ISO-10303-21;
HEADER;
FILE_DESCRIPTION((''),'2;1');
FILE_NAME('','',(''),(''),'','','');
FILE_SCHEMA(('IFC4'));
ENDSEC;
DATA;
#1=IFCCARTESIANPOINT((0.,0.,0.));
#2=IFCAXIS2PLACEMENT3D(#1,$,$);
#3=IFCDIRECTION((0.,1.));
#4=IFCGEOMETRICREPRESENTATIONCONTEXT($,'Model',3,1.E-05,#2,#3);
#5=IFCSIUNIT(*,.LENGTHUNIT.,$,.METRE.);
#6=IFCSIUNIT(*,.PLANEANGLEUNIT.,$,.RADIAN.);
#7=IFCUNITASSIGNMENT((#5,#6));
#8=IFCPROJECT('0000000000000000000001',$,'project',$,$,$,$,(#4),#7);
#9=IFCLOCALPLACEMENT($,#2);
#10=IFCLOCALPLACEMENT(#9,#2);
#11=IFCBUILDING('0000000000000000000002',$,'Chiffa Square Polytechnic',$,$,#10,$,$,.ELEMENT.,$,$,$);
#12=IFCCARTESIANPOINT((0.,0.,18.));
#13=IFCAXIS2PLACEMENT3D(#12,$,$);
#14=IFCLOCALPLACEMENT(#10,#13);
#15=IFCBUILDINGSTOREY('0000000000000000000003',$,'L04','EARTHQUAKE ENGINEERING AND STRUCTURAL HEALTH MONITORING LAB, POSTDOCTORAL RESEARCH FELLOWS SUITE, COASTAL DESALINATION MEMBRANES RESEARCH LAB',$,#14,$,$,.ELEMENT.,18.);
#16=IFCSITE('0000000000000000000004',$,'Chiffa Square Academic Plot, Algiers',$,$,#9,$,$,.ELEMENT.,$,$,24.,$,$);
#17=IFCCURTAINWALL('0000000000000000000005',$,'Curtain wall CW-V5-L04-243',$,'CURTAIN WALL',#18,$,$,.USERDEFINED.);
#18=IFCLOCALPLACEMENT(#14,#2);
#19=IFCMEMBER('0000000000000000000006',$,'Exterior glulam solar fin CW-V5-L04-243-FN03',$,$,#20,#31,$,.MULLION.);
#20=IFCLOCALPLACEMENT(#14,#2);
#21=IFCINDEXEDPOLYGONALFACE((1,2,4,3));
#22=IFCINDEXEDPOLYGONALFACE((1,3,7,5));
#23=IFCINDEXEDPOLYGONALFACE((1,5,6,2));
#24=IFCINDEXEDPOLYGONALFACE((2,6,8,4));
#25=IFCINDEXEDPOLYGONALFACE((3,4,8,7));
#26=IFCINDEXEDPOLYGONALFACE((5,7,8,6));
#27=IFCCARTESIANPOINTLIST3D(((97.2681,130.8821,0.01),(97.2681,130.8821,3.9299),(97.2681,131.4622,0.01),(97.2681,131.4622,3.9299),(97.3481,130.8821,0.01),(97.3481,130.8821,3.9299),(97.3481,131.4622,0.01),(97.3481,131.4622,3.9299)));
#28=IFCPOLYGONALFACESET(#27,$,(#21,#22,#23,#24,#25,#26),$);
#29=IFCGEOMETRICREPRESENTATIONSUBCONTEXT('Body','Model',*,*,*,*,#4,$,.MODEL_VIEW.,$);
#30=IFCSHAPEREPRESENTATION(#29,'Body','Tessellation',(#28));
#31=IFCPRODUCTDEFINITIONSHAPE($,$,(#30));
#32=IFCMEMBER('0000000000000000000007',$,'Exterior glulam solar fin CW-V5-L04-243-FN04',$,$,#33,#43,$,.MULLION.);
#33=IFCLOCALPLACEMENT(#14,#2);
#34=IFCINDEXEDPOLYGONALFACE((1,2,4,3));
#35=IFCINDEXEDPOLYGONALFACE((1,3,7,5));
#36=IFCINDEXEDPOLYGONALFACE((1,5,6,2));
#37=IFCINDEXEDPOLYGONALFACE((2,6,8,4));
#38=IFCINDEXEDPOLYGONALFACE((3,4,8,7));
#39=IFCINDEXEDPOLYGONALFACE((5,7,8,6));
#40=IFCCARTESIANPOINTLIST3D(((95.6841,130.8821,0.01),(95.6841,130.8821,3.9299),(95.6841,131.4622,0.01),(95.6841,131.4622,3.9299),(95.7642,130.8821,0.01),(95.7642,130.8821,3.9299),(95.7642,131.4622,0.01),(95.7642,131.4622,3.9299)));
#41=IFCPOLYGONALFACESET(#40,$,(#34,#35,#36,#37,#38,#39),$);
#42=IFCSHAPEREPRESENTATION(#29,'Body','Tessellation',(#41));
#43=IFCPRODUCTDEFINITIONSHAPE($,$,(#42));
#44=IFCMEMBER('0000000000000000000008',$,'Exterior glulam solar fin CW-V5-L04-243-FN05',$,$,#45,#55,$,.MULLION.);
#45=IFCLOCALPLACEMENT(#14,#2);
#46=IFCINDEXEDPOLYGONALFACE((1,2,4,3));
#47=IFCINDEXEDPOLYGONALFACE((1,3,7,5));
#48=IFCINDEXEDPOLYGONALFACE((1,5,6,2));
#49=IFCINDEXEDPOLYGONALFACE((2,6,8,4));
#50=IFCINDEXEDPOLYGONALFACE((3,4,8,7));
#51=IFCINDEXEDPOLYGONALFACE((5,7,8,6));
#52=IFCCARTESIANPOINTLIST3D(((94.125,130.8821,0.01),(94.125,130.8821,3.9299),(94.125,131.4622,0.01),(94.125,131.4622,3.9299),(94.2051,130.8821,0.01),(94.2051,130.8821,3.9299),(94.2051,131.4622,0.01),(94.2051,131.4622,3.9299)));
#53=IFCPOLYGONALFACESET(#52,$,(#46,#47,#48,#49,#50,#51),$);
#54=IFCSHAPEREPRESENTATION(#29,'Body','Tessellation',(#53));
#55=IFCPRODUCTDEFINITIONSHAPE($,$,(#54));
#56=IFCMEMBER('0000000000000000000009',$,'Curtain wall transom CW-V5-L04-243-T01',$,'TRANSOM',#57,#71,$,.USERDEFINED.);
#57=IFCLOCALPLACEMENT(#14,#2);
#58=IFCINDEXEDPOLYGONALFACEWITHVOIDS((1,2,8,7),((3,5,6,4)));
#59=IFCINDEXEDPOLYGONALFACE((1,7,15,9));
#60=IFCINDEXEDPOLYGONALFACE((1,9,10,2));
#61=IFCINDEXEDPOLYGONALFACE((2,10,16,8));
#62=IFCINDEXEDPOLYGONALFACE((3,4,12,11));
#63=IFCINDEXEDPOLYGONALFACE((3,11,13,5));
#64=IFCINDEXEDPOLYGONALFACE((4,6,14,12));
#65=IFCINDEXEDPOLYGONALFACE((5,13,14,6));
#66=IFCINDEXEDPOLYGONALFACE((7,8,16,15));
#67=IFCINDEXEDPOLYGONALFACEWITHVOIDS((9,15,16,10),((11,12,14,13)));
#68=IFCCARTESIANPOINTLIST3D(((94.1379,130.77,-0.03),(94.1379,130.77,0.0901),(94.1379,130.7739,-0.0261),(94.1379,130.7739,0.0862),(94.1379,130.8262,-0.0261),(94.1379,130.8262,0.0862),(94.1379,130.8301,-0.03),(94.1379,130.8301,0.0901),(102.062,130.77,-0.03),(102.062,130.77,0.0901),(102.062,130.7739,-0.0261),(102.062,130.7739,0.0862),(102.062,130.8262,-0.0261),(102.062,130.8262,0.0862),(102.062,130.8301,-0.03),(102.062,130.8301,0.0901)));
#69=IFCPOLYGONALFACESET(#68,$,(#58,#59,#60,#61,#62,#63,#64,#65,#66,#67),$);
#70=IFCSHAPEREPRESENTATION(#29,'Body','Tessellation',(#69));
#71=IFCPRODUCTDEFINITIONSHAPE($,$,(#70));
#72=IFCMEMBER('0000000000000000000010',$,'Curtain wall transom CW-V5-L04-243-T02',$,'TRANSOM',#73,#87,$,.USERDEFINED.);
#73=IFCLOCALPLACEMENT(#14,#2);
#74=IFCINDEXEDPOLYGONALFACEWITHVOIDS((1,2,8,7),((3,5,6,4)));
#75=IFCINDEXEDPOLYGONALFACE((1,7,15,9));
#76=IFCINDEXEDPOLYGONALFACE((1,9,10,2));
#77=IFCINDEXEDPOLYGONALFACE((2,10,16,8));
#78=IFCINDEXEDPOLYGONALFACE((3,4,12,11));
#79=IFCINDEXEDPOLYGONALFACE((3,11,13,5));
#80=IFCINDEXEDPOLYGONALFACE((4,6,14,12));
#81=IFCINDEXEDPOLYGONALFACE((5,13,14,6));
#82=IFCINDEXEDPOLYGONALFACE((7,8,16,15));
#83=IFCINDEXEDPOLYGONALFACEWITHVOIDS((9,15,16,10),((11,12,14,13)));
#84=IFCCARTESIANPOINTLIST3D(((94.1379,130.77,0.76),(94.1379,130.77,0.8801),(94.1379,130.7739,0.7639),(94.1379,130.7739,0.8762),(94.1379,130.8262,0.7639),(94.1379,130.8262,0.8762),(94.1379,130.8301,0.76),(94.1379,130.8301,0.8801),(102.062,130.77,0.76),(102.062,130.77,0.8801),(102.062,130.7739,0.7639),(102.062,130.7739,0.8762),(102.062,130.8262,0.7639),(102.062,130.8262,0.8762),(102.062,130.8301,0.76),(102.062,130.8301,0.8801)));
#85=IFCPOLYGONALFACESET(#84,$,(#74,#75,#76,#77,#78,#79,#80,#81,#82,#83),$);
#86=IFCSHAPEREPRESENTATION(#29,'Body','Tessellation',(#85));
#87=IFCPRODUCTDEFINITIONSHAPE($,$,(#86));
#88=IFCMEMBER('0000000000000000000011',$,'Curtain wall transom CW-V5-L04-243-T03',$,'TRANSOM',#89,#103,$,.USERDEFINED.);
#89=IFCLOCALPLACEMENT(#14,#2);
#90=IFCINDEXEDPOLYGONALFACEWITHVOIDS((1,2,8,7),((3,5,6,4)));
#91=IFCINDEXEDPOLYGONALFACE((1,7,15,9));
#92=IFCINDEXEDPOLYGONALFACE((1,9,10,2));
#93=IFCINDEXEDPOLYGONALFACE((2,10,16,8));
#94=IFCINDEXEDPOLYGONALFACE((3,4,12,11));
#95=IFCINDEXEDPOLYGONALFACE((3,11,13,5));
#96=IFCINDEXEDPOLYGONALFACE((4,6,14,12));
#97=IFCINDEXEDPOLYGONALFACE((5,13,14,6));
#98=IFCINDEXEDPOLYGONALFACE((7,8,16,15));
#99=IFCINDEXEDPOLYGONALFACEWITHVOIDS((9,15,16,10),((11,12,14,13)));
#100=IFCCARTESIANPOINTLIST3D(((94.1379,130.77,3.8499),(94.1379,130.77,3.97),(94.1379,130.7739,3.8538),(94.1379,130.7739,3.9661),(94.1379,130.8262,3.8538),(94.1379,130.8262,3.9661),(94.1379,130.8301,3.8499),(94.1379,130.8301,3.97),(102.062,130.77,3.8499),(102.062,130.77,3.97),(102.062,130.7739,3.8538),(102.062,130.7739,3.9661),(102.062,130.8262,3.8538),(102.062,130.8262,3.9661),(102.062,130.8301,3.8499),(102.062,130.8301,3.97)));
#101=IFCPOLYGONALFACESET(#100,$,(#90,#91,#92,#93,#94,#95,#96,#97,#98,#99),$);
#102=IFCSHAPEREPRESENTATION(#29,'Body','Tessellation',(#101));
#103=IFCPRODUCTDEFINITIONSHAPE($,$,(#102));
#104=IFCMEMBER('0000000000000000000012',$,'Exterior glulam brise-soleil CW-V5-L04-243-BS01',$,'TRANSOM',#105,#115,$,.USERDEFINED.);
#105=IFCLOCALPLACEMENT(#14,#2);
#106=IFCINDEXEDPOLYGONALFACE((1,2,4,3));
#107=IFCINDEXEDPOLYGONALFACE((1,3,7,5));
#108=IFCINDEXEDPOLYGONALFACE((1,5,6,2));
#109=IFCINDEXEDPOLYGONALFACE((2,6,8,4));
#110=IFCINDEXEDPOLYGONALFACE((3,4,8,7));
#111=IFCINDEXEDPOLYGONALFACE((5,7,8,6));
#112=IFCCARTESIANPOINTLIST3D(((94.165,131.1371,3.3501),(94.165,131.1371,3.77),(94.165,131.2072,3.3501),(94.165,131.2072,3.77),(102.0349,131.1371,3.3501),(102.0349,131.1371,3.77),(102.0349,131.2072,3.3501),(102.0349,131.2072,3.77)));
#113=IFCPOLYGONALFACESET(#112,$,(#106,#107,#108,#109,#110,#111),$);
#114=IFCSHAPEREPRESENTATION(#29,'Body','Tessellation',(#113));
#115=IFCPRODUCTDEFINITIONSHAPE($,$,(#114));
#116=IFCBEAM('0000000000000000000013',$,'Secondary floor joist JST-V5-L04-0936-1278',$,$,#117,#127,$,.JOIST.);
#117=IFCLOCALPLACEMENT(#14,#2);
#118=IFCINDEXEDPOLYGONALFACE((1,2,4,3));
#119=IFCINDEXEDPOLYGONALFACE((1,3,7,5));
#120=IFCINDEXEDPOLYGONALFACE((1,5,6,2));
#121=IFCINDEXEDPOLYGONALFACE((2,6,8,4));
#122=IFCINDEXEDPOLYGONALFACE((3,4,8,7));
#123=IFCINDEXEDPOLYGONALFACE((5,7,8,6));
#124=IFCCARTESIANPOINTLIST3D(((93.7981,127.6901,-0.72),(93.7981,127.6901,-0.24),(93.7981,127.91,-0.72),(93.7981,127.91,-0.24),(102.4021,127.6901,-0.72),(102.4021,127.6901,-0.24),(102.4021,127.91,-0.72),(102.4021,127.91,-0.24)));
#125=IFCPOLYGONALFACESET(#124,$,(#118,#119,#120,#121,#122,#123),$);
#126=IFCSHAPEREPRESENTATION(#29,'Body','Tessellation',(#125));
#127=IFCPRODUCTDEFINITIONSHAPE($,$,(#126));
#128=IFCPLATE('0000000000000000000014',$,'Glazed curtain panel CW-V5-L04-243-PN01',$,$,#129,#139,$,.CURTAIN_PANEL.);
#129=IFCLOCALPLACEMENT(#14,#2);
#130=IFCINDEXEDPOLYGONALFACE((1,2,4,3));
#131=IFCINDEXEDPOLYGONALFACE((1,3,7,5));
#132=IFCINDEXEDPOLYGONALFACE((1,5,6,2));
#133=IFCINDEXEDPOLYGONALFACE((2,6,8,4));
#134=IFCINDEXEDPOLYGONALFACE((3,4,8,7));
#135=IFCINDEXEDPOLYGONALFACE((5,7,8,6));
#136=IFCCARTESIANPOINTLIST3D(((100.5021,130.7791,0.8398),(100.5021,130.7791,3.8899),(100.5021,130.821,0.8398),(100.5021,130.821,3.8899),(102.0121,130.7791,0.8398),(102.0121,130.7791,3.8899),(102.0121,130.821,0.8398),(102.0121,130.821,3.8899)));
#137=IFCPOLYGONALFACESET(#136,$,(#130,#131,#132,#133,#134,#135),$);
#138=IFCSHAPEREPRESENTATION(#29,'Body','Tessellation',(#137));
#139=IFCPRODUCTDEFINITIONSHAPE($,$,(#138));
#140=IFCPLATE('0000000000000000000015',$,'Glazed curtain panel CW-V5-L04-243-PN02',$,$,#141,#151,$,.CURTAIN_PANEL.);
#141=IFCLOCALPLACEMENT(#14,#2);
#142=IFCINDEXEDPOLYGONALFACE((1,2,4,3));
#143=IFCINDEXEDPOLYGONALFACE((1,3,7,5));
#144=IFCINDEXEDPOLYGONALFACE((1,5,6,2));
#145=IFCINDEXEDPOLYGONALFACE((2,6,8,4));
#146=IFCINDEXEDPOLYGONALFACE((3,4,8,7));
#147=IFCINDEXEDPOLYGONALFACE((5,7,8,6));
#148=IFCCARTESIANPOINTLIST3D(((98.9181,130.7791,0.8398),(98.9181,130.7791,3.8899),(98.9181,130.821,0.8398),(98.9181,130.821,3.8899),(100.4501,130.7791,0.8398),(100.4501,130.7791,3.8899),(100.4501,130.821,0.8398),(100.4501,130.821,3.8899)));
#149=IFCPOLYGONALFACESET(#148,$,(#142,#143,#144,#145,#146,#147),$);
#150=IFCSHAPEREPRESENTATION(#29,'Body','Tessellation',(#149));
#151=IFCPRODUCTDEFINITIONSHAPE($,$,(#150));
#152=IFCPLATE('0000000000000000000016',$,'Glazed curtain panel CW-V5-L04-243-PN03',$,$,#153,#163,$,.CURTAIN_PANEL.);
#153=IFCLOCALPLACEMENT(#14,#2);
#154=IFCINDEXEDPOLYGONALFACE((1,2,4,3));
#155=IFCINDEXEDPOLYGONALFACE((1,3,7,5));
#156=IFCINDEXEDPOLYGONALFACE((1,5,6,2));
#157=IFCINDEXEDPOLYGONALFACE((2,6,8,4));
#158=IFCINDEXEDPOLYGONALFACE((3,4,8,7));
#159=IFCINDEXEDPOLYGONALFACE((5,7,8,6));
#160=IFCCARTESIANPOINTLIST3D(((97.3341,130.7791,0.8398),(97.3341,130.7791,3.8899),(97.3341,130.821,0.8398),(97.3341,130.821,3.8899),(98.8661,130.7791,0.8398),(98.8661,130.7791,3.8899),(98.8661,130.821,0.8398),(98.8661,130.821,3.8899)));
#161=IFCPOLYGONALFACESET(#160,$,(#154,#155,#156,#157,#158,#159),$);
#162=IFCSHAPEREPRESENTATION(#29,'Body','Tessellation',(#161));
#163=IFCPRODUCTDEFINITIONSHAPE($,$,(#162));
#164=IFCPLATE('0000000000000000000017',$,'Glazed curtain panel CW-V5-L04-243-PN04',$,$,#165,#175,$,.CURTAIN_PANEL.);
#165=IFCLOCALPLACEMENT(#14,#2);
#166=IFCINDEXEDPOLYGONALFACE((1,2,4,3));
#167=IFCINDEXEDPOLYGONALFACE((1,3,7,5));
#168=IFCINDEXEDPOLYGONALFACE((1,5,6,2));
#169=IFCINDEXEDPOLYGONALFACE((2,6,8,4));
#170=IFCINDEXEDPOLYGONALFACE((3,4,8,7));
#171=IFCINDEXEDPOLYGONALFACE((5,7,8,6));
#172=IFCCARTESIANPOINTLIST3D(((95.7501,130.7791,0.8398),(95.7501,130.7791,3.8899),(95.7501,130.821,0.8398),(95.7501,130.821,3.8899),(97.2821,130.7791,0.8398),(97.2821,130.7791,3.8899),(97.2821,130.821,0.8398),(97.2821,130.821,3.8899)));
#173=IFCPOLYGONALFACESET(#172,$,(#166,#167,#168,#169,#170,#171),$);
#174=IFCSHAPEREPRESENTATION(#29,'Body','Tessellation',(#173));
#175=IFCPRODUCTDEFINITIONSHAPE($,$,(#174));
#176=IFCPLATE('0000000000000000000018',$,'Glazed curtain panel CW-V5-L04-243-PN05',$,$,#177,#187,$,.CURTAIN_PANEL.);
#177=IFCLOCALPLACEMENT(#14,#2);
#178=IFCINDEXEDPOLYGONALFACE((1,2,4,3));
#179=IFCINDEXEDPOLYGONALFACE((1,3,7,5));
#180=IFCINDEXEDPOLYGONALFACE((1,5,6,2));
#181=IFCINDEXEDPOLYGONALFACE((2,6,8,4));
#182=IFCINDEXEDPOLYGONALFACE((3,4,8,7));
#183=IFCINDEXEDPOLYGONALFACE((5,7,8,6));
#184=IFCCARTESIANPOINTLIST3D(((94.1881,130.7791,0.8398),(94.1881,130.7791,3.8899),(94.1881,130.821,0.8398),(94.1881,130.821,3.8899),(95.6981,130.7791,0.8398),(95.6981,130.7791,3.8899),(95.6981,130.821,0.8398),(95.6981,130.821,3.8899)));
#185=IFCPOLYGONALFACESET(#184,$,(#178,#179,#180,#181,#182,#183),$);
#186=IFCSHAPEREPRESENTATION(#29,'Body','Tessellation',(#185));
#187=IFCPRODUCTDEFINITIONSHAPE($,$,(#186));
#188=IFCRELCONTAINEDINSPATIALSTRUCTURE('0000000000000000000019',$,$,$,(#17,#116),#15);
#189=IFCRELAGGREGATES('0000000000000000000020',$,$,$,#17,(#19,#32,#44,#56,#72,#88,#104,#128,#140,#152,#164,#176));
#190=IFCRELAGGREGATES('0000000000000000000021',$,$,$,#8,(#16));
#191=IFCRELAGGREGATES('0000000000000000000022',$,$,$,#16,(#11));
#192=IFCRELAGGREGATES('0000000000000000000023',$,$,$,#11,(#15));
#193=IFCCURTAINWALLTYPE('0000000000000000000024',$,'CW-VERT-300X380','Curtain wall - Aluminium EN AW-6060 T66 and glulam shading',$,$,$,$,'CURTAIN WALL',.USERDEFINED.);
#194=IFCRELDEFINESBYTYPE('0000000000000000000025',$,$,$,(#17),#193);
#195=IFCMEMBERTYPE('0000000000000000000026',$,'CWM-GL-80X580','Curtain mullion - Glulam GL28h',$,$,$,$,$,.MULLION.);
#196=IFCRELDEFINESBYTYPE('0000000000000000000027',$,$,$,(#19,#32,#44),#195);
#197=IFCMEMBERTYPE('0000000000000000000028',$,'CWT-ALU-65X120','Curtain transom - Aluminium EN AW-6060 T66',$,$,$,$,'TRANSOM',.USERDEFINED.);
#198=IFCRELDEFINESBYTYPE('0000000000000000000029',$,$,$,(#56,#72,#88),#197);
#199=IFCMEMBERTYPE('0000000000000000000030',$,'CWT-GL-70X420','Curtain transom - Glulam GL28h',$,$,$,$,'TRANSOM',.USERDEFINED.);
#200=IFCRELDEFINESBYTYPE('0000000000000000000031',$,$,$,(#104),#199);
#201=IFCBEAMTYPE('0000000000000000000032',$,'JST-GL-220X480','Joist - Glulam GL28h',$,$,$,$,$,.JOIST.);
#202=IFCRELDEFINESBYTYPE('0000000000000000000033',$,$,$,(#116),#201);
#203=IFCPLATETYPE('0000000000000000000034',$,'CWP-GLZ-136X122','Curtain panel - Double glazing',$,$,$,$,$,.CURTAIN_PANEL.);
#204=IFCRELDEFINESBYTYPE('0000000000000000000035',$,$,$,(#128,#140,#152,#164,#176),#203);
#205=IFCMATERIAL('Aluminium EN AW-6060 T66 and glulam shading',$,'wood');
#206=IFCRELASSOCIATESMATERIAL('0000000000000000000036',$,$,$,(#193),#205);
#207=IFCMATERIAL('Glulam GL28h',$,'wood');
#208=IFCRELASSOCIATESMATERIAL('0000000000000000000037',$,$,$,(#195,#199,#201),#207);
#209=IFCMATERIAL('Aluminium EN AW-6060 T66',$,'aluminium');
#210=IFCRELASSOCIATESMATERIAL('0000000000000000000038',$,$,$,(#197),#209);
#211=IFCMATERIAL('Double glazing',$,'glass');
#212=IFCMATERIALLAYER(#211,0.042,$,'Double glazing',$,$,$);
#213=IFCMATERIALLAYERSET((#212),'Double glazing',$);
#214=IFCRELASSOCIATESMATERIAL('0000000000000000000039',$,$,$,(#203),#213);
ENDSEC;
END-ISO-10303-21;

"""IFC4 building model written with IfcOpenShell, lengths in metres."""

from ifc_helpers import new_model, si_unit, direction, frame, origin, origin_2d, place, context, subcontext, project, spatial, rectangle, hollow_rectangle, extrude, material, layer, layer_set, material_profile, profile_set, type_object, element, aggregate, save


model = new_model("IFC4")

# Units and contexts
model_context = context("Model", 3, precision=1e-05, world=origin(), true_north=direction((0.0, 1.0)))
body_context = subcontext(model_context, "Body", "Model", "MODEL_VIEW")
ifc_project = project(units=[si_unit("LENGTHUNIT", "METRE"), si_unit("PLANEANGLEUNIT", "RADIAN")], contexts=[model_context])

# Site, building, storey
site_placement = place(None, origin())
site = spatial("IfcSite", under=ifc_project, at=site_placement, Name="Chiffa Square Academic Plot, Algiers", CompositionType="ELEMENT", RefElevation=24.0)
building_placement = place(site_placement, origin())
building = spatial("IfcBuilding", under=site, at=building_placement, Name="Chiffa Square Polytechnic", CompositionType="ELEMENT")
storey_placement = place(building_placement, frame((0.0, 0.0, 18.0)))
storey = spatial("IfcBuildingStorey", under=building, at=storey_placement, Name="L04", Description="EARTHQUAKE ENGINEERING AND STRUCTURAL HEALTH MONITORING LAB, POSTDOCTORAL RESEARCH FELLOWS SUITE, COASTAL DESALINATION MEMBRANES RESEARCH LAB", CompositionType="ELEMENT", Elevation=18.0)

# Curtain wall, members
ifc_material_1 = material(Name="Aluminium EN AW-6060 T66 and glulam shading", Category="wood")
curtain_wall_type = type_object("IfcCurtainWallType", Name="CW-VERT-300X380", Description="Curtain wall - Aluminium EN AW-6060 T66 and glulam shading", ElementType="CURTAIN WALL", PredefinedType="USERDEFINED", material=ifc_material_1)
curtain_wall_placement = place(storey_placement, origin())
curtain_wall = element("IfcCurtainWall", 1, at=curtain_wall_placement, inside=storey, type_object=curtain_wall_type, Name="Curtain wall CW-V5-L04-243", ObjectType="CURTAIN WALL", PredefinedType="USERDEFINED")
ifc_material_2 = material(Name="Aluminium EN AW-6060 T66", Category="aluminium")
ifc_material_3 = material(Name="Glulam GL28h", Category="wood")
ifc_material_profile_1 = material_profile(ifc_material_3, rectangle(XDim=0.0801, YDim=0.5801, at=origin_2d()), Name="GL28h 80x580")
ifc_profile_set_1 = profile_set([ifc_material_profile_1], Name="Glulam GL28h")
member_type_1 = type_object("IfcMemberType", Name="CWM-GL-80X580", Description="Curtain mullion - Glulam GL28h", PredefinedType="MULLION", material=ifc_profile_set_1)
member_1_placement = place(storey_placement, frame((97.3081, 131.1721, 0.01), z_axis=(0.0, 0.0, 1.0), x_axis=(-1.0, 0.0, 0.0)))
member_1 = element("IfcMember", 2, at=member_1_placement, type_object=member_type_1, Name="Exterior glulam solar fin CW-V5-L04-243-FN03", PredefinedType="MULLION", context=body_context, shape_type="SweptSolid", body=[
    extrude(rectangle(XDim=0.0801, YDim=0.5801, at=origin_2d()), origin(), (0.0, 0.0, 1.0), 3.9199),
])
member_2_placement = place(storey_placement, frame((95.7241, 131.1721, 0.01), z_axis=(0.0, 0.0, 1.0), x_axis=(-1.0, 0.0, 0.0)))
member_2 = element("IfcMember", 3, at=member_2_placement, type_object=member_type_1, Name="Exterior glulam solar fin CW-V5-L04-243-FN04", PredefinedType="MULLION", context=body_context, shape_type="SweptSolid", body=[
    extrude(rectangle(XDim=0.0801, YDim=0.5801, at=origin_2d()), origin(), (0.0, 0.0, 1.0), 3.9199),
])
member_3_placement = place(storey_placement, frame((94.165, 131.1721, 0.01), z_axis=(0.0, 0.0, 1.0), x_axis=(-1.0, 0.0, 0.0)))
member_3 = element("IfcMember", 4, at=member_3_placement, type_object=member_type_1, Name="Exterior glulam solar fin CW-V5-L04-243-FN05", PredefinedType="MULLION", context=body_context, shape_type="SweptSolid", body=[
    extrude(rectangle(XDim=0.0801, YDim=0.5801, at=origin_2d()), origin(), (0.0, 0.0, 1.0), 3.9199),
])
ifc_material_profile_2 = material_profile(ifc_material_2, hollow_rectangle(XDim=0.0601, YDim=0.1201, WallThickness=0.0039, at=origin_2d()), Name="ALU 60x120x4")
ifc_profile_set_2 = profile_set([ifc_material_profile_2], Name="Aluminium EN AW-6060 T66")
member_type_2 = type_object("IfcMemberType", Name="CWT-ALU-65X120", Description="Curtain transom - Aluminium EN AW-6060 T66", ElementType="TRANSOM", PredefinedType="USERDEFINED", material=ifc_profile_set_2)
member_4_placement = place(storey_placement, frame((102.062, 130.8, 0.03), z_axis=(-1.0, 0.0, 0.0), x_axis=(0.0, -1.0, 0.0)))
member_4 = element("IfcMember", 5, at=member_4_placement, type_object=member_type_2, Name="Curtain wall transom CW-V5-L04-243-T01", ObjectType="TRANSOM", PredefinedType="USERDEFINED", context=body_context, shape_type="SweptSolid", body=[
    extrude(hollow_rectangle(XDim=0.0601, YDim=0.1201, WallThickness=0.0039, at=origin_2d()), origin(), (0.0, 0.0, 1.0), 7.9241),
])
member_5_placement = place(storey_placement, frame((102.062, 130.8, 0.8201), z_axis=(-1.0, 0.0, 0.0), x_axis=(0.0, -1.0, 0.0)))
member_5 = element("IfcMember", 6, at=member_5_placement, type_object=member_type_2, Name="Curtain wall transom CW-V5-L04-243-T02", ObjectType="TRANSOM", PredefinedType="USERDEFINED", context=body_context, shape_type="SweptSolid", body=[
    extrude(hollow_rectangle(XDim=0.0601, YDim=0.1201, WallThickness=0.0039, at=origin_2d()), origin(), (0.0, 0.0, 1.0), 7.9241),
])
member_6_placement = place(storey_placement, frame((102.062, 130.8, 3.9099), z_axis=(-1.0, 0.0, 0.0), x_axis=(0.0, -1.0, 0.0)))
member_6 = element("IfcMember", 7, at=member_6_placement, type_object=member_type_2, Name="Curtain wall transom CW-V5-L04-243-T03", ObjectType="TRANSOM", PredefinedType="USERDEFINED", context=body_context, shape_type="SweptSolid", body=[
    extrude(hollow_rectangle(XDim=0.0601, YDim=0.1201, WallThickness=0.0039, at=origin_2d()), origin(), (0.0, 0.0, 1.0), 7.9241),
])
ifc_material_profile_3 = material_profile(ifc_material_3, rectangle(XDim=0.0701, YDim=0.4199, at=origin_2d()), Name="GL28h 70x420")
ifc_profile_set_3 = profile_set([ifc_material_profile_3], Name="Glulam GL28h")
member_type_3 = type_object("IfcMemberType", Name="CWT-GL-70X420", Description="Curtain transom - Glulam GL28h", ElementType="TRANSOM", PredefinedType="USERDEFINED", material=ifc_profile_set_3)
member_7_placement = place(storey_placement, frame((102.0349, 131.1721, 3.5601), z_axis=(-1.0, 0.0, 0.0), x_axis=(0.0, -1.0, 0.0)))
member_7 = element("IfcMember", 8, at=member_7_placement, type_object=member_type_3, Name="Exterior glulam brise-soleil CW-V5-L04-243-BS01", ObjectType="TRANSOM", PredefinedType="USERDEFINED", context=body_context, shape_type="SweptSolid", body=[
    extrude(rectangle(XDim=0.0701, YDim=0.4199, at=origin_2d()), origin(), (0.0, 0.0, 1.0), 7.8699),
])

# Beam
ifc_material_profile_4 = material_profile(ifc_material_3, rectangle(XDim=0.22, YDim=0.48, at=origin_2d()), Name="GL28h 220x480")
ifc_profile_set_4 = profile_set([ifc_material_profile_4], Name="Glulam GL28h")
beam_type_1 = type_object("IfcBeamType", Name="JST-GL-220X480", Description="Joist - Glulam GL28h", PredefinedType="JOIST", material=ifc_profile_set_4)
beam_placement = place(storey_placement, frame((93.7981, 127.8, -0.48), z_axis=(1.0, 0.0, 0.0), x_axis=(0.0, 1.0, 0.0)))
element("IfcBeam", 9, at=beam_placement, inside=storey, type_object=beam_type_1, Name="Secondary floor joist JST-V5-L04-0936-1278", PredefinedType="JOIST", context=body_context, shape_type="SweptSolid", body=[
    extrude(rectangle(XDim=0.22, YDim=0.48, at=origin_2d()), origin(), (0.0, 0.0, 1.0), 8.604),
])

# Plates
ifc_material_4 = material(Name="Double glazing", Category="glass")
ifc_layer_1 = layer(ifc_material_4, 0.042, Name="Double glazing")
ifc_layer_set_1 = layer_set([ifc_layer_1], Name="Double glazing")
plate_type_1 = type_object("IfcPlateType", Name="CWP-GLZ-136X122", Description="Curtain panel - Double glazing", PredefinedType="CURTAIN_PANEL", material=ifc_layer_set_1)
plate_1_placement = place(storey_placement, frame((101.2571, 130.8, 0.8398), z_axis=(0.0, 0.0, 1.0), x_axis=(-1.0, 0.0, 0.0)))
plate_1 = element("IfcPlate", 10, at=plate_1_placement, type_object=plate_type_1, Name="Glazed curtain panel CW-V5-L04-243-PN01", PredefinedType="CURTAIN_PANEL", context=body_context, shape_type="SweptSolid", body=[
    extrude(rectangle(XDim=1.51, YDim=0.042, at=origin_2d()), origin(), (0.0, 0.0, 1.0), 3.05),
])
plate_2_placement = place(storey_placement, frame((99.6841, 130.8, 0.8398), z_axis=(0.0, 0.0, 1.0), x_axis=(-1.0, 0.0, 0.0)))
plate_2 = element("IfcPlate", 11, at=plate_2_placement, type_object=plate_type_1, Name="Glazed curtain panel CW-V5-L04-243-PN02", PredefinedType="CURTAIN_PANEL", context=body_context, shape_type="SweptSolid", body=[
    extrude(rectangle(XDim=1.532, YDim=0.042, at=origin_2d()), origin(), (0.0, 0.0, 1.0), 3.05),
])
plate_3_placement = place(storey_placement, frame((98.1001, 130.8, 0.8398), z_axis=(0.0, 0.0, 1.0), x_axis=(-1.0, 0.0, 0.0)))
plate_3 = element("IfcPlate", 12, at=plate_3_placement, type_object=plate_type_1, Name="Glazed curtain panel CW-V5-L04-243-PN03", PredefinedType="CURTAIN_PANEL", context=body_context, shape_type="SweptSolid", body=[
    extrude(rectangle(XDim=1.532, YDim=0.042, at=origin_2d()), origin(), (0.0, 0.0, 1.0), 3.05),
])
plate_4_placement = place(storey_placement, frame((96.5161, 130.8, 0.8398), z_axis=(0.0, 0.0, 1.0), x_axis=(-1.0, 0.0, 0.0)))
plate_4 = element("IfcPlate", 13, at=plate_4_placement, type_object=plate_type_1, Name="Glazed curtain panel CW-V5-L04-243-PN04", PredefinedType="CURTAIN_PANEL", context=body_context, shape_type="SweptSolid", body=[
    extrude(rectangle(XDim=1.532, YDim=0.042, at=origin_2d()), origin(), (0.0, 0.0, 1.0), 3.05),
])
plate_5_placement = place(storey_placement, frame((94.9431, 130.8, 0.8398), z_axis=(0.0, 0.0, 1.0), x_axis=(-1.0, 0.0, 0.0)))
plate_5 = element("IfcPlate", 14, at=plate_5_placement, type_object=plate_type_1, Name="Glazed curtain panel CW-V5-L04-243-PN05", PredefinedType="CURTAIN_PANEL", context=body_context, shape_type="SweptSolid", body=[
    extrude(rectangle(XDim=1.51, YDim=0.042, at=origin_2d()), origin(), (0.0, 0.0, 1.0), 3.05),
])
aggregate(curtain_wall, [member_1, member_2, member_3, member_4, member_5, member_6, member_7, plate_1, plate_2, plate_3, plate_4, plate_5])

save(model, "model.ifc")
